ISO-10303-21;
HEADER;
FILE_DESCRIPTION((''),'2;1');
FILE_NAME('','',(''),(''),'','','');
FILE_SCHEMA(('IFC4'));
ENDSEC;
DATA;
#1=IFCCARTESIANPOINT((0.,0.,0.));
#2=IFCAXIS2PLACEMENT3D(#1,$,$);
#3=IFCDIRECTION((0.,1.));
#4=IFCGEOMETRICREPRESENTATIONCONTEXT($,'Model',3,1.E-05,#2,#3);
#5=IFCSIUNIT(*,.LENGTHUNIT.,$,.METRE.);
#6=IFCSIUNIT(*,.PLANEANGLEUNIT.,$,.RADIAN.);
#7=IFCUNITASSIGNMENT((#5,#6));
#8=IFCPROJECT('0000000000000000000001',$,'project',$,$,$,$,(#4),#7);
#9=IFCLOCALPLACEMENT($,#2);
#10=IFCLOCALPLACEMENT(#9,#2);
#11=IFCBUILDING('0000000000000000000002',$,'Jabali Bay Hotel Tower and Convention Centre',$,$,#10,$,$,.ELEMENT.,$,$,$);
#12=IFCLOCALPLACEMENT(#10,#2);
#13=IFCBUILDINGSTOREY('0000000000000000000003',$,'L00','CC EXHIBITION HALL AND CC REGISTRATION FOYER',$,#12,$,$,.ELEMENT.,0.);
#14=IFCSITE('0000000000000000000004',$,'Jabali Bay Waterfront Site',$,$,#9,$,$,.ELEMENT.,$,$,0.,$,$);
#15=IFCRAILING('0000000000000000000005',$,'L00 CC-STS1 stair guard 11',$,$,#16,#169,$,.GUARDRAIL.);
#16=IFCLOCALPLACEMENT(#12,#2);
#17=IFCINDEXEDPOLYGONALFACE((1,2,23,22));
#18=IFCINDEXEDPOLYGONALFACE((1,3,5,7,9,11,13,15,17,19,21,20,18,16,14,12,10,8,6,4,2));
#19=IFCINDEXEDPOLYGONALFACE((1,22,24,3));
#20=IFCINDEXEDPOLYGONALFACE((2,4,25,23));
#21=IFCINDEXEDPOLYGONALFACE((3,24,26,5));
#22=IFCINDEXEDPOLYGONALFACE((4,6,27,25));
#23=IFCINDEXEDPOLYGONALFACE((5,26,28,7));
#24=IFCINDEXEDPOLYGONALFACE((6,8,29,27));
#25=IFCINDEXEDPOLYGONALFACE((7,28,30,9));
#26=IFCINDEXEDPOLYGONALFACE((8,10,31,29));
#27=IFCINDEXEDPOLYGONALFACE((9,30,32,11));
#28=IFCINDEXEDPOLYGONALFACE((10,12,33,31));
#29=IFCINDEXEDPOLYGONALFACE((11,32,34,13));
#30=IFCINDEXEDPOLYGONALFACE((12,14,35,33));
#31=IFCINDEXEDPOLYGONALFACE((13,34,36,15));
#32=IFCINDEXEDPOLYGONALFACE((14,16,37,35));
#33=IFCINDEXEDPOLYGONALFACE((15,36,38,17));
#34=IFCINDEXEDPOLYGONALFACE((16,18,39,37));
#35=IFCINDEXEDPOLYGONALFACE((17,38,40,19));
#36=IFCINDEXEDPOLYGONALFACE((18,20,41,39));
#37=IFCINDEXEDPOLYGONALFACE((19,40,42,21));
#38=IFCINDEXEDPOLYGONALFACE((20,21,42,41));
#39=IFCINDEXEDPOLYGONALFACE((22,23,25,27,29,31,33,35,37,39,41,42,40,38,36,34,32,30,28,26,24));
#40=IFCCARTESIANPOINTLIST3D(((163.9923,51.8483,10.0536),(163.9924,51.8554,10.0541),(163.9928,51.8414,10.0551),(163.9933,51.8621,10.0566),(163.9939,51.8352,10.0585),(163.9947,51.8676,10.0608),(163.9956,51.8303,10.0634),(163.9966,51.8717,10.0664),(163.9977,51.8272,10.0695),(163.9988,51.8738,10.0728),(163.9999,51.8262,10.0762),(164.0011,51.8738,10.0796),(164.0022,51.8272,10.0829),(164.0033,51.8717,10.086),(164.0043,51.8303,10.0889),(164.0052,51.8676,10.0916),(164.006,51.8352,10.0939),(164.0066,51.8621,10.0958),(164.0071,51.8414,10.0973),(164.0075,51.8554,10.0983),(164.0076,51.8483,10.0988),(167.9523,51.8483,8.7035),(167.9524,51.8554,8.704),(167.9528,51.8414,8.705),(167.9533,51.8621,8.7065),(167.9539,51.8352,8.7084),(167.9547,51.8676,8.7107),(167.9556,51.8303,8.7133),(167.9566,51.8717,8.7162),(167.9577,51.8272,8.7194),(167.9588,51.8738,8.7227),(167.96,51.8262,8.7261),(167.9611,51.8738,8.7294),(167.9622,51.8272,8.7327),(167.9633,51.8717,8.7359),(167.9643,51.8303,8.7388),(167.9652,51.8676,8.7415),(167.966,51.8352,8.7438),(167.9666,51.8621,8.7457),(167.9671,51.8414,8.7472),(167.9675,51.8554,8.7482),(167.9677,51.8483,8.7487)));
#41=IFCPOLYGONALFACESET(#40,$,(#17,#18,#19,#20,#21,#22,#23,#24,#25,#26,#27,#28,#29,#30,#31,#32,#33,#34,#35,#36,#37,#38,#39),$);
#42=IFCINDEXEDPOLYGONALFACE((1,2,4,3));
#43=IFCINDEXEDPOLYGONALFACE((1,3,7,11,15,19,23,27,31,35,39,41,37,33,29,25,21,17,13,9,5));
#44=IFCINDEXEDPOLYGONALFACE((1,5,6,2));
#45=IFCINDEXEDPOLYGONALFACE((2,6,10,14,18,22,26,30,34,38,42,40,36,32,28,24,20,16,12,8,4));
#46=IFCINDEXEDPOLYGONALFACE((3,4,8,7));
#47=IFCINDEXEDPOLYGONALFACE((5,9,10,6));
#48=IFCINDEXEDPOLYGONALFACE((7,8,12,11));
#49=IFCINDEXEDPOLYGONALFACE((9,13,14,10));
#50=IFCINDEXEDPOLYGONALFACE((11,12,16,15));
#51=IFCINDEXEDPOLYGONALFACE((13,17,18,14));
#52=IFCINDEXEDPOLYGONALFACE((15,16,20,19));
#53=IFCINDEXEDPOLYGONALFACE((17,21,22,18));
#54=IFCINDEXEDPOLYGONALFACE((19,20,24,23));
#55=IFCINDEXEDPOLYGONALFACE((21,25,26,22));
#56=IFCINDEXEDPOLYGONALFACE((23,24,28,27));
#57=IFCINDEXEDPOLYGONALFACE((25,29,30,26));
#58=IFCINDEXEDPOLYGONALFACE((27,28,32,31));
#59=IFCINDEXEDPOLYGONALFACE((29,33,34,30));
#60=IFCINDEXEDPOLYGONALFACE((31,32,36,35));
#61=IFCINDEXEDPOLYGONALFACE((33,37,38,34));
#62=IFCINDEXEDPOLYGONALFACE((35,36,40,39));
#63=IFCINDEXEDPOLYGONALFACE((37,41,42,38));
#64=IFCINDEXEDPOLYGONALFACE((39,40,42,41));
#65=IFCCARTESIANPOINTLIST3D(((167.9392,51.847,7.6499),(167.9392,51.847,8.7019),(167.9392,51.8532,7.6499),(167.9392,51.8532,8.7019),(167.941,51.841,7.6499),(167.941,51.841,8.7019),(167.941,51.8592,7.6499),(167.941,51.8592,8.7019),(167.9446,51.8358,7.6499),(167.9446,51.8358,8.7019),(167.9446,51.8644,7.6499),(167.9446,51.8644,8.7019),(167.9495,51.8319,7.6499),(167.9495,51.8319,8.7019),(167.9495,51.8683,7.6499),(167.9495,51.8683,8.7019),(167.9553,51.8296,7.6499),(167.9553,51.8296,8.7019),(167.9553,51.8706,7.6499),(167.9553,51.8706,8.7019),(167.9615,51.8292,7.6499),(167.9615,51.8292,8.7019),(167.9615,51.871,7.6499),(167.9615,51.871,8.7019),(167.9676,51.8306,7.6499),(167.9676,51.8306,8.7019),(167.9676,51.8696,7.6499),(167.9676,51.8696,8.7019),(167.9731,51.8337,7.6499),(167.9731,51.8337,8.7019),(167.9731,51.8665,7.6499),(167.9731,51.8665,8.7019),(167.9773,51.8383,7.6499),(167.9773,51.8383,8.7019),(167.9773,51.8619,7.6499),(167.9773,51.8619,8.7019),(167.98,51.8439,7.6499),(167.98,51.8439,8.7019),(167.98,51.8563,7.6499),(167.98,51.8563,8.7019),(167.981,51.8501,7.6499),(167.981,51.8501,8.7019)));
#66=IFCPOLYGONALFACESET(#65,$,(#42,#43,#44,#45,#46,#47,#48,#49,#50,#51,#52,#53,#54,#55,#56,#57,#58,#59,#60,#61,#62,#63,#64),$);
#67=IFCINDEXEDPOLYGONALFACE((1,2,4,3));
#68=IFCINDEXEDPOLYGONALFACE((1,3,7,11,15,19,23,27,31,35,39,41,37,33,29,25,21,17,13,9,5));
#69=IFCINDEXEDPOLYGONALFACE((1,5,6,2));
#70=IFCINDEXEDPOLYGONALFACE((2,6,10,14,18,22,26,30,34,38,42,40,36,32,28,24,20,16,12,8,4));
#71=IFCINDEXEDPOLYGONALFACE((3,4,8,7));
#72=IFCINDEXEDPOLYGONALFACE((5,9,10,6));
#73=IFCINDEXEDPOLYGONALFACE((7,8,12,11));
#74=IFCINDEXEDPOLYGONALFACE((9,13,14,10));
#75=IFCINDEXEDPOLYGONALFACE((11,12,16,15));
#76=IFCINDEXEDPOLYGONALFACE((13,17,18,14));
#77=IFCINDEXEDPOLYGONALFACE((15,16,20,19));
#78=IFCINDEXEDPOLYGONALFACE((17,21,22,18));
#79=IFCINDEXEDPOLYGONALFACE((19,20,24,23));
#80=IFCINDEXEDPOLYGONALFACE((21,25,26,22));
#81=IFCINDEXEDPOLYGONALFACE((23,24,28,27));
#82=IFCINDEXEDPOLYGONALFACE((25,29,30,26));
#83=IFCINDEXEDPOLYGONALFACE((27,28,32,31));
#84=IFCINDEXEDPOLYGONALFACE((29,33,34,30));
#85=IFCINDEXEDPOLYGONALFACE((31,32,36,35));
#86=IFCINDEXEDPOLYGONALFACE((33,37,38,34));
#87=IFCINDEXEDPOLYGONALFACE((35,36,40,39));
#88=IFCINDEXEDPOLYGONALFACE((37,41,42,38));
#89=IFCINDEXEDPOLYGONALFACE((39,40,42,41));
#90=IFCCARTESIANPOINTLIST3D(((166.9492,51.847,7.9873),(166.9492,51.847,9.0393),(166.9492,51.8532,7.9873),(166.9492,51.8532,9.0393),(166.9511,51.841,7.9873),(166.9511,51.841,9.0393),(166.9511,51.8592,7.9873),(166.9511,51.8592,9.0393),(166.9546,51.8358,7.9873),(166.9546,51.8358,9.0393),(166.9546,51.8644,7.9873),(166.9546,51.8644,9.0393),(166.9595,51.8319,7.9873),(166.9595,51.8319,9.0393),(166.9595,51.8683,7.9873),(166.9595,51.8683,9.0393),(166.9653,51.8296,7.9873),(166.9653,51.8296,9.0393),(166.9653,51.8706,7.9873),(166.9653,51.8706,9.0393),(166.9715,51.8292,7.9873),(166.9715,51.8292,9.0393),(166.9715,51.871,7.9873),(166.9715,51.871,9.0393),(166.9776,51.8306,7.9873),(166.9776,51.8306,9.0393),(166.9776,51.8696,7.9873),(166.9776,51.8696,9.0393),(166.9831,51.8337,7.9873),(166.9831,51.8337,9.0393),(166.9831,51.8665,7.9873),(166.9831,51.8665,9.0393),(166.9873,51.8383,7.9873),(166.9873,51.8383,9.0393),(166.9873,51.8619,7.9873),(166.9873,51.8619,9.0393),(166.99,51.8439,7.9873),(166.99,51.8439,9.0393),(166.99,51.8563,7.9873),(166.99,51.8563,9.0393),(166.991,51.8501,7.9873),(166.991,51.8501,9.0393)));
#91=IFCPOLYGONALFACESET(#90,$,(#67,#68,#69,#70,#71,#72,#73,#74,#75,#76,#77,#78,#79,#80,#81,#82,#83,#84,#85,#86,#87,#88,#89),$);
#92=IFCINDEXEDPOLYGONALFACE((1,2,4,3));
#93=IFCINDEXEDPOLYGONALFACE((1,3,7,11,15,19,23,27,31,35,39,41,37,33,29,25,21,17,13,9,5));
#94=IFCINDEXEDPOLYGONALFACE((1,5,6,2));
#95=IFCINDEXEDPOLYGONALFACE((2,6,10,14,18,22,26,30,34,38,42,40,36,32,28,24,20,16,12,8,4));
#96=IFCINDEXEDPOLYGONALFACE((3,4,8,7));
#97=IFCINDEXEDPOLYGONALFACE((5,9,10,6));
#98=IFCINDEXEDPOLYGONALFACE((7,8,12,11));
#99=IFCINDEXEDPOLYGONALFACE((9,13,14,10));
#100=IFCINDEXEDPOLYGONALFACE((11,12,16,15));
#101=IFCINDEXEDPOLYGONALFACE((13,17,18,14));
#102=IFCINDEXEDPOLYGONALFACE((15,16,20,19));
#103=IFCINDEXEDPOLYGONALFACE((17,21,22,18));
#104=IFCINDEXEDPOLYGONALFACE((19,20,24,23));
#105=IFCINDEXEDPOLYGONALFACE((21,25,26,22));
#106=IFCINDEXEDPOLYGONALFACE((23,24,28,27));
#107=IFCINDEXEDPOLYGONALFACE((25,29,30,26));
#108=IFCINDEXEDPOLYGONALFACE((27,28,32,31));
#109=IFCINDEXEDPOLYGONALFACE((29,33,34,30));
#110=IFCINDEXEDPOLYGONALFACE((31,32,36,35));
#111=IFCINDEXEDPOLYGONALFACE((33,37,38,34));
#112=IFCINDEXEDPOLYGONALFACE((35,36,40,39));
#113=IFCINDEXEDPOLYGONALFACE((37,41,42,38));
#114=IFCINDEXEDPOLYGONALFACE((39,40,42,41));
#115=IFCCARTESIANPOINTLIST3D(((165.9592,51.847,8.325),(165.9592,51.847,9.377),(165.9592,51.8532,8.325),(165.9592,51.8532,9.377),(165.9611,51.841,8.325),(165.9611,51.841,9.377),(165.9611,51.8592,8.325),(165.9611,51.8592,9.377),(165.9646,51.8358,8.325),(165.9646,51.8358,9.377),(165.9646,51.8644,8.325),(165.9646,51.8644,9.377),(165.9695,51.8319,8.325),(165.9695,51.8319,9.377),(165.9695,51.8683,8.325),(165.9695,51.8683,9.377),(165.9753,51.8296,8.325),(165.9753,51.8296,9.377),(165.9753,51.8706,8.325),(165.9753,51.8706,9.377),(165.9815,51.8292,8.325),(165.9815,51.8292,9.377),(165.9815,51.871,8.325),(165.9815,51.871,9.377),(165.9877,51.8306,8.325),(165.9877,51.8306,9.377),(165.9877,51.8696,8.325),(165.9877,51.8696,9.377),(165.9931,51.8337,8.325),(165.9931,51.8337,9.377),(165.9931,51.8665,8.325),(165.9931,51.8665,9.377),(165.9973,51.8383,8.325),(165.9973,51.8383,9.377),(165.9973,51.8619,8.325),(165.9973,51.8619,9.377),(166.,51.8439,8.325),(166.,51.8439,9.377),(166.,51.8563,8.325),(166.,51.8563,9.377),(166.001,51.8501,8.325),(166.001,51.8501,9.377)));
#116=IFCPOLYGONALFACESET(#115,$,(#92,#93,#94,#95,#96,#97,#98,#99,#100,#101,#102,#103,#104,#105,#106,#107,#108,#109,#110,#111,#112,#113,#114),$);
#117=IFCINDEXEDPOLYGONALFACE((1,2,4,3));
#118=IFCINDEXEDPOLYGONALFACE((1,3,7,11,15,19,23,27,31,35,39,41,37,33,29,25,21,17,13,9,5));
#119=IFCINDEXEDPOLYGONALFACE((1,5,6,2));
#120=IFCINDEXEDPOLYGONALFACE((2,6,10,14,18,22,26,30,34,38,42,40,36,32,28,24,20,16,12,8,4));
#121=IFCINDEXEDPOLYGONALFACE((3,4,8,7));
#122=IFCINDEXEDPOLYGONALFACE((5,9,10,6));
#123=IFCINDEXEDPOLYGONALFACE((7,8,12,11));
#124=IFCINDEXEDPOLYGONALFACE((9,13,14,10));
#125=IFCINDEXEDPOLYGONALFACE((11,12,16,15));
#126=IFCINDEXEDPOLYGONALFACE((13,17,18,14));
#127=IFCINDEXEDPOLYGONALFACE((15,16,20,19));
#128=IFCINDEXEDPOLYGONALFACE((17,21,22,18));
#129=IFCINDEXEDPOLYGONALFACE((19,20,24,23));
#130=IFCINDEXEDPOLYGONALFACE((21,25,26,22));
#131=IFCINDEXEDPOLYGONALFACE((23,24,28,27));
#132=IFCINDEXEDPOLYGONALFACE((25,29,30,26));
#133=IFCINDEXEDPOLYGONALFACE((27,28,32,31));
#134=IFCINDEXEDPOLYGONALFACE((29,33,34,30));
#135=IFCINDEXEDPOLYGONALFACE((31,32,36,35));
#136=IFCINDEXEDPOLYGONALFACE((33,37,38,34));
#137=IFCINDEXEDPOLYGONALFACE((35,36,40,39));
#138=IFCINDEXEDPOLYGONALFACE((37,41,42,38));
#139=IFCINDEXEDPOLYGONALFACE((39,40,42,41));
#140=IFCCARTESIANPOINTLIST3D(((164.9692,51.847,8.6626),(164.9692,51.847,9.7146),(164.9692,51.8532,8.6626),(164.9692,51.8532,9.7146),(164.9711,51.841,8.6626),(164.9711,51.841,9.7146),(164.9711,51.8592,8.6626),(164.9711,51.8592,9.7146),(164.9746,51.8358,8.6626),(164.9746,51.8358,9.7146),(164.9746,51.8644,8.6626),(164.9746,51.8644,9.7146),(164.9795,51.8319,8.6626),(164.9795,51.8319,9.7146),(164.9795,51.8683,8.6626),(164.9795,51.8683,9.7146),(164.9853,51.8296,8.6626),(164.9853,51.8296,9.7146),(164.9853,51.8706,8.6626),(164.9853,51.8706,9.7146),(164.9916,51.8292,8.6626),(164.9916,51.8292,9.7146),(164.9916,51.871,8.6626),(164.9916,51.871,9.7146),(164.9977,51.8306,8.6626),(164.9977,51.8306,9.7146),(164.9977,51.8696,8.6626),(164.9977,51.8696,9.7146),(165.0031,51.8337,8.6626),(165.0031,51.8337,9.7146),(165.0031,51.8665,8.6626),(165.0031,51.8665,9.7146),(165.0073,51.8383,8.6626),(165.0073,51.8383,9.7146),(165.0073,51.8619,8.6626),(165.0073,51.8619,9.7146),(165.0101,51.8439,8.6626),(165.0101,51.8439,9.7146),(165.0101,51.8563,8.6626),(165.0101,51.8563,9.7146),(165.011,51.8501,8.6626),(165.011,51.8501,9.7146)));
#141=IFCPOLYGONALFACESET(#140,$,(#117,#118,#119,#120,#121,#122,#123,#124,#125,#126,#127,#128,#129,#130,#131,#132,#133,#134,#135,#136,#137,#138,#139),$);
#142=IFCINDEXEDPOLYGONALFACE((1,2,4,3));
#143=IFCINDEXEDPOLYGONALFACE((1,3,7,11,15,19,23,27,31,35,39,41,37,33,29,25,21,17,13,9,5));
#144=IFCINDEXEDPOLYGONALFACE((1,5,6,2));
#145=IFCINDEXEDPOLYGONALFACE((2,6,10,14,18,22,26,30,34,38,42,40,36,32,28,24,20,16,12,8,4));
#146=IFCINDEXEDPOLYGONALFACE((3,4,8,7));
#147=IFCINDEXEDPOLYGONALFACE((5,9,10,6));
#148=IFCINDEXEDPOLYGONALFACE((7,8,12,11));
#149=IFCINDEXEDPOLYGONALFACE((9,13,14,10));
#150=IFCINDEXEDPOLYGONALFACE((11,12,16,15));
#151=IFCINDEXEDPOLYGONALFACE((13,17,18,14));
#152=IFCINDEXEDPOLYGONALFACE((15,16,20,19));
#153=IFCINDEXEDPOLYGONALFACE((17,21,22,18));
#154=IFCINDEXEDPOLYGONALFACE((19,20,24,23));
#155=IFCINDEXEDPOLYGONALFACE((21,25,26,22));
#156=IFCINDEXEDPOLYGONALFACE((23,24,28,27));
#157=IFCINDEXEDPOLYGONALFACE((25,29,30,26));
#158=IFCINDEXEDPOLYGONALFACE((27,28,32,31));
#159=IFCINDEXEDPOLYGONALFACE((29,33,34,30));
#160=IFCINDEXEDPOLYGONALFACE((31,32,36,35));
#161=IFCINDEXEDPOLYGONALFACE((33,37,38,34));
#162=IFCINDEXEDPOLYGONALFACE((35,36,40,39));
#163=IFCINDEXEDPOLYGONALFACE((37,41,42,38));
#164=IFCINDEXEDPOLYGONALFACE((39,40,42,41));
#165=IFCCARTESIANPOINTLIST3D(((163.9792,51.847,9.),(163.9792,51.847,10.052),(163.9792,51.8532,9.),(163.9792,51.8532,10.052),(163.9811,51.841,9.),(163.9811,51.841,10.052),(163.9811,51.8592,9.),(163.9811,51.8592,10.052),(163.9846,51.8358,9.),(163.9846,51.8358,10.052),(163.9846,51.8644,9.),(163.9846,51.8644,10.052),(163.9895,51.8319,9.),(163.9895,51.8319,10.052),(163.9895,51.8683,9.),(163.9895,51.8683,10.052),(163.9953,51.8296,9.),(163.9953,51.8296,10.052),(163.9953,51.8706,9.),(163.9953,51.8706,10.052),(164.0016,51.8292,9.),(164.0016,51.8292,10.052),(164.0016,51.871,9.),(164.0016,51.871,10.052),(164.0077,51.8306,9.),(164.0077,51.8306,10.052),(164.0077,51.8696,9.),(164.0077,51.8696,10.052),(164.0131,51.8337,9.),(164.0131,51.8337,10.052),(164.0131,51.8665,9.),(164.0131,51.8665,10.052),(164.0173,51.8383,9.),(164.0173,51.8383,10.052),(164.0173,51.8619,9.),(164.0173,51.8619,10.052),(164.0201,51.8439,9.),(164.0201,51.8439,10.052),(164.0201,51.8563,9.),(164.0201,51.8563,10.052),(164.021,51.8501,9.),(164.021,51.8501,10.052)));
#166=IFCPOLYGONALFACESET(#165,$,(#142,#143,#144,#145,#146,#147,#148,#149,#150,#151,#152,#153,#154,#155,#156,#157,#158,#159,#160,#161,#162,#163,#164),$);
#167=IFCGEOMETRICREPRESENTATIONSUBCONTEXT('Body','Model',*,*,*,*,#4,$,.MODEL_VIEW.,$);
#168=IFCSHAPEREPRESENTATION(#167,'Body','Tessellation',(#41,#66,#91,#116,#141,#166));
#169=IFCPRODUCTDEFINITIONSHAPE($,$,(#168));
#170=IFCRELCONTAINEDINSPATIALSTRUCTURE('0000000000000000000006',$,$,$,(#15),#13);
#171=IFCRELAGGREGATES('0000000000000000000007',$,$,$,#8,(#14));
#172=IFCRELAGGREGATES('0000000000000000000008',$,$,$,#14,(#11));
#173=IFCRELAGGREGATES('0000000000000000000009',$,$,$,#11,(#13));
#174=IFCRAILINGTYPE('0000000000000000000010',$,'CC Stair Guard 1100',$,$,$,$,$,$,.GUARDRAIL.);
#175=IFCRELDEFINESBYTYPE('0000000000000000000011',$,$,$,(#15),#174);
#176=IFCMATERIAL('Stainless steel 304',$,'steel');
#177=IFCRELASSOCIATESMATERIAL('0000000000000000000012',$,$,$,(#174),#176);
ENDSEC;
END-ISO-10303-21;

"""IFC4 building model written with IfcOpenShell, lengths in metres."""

from ifc_helpers import new_model, si_unit, direction, frame, origin, origin_2d, place, context, subcontext, project, spatial, circle, extrude, material, type_object, element, save


model = new_model("IFC4")

# Units and contexts
model_context = context("Model", 3, precision=1e-05, world=origin(), true_north=direction((0.0, 1.0)))
body_context = subcontext(model_context, "Body", "Model", "MODEL_VIEW")
ifc_project = project(units=[si_unit("LENGTHUNIT", "METRE"), si_unit("PLANEANGLEUNIT", "RADIAN")], contexts=[model_context])

# Site, building, storey
site_placement = place(None, origin())
site = spatial("IfcSite", under=ifc_project, at=site_placement, Name="Jabali Bay Waterfront Site", CompositionType="ELEMENT", RefElevation=0.0)
building_placement = place(site_placement, origin())
building = spatial("IfcBuilding", under=site, at=building_placement, Name="Jabali Bay Hotel Tower and Convention Centre", CompositionType="ELEMENT")
storey_placement = place(building_placement, origin())
storey = spatial("IfcBuildingStorey", under=building, at=storey_placement, Name="L00", Description="CC EXHIBITION HALL AND CC REGISTRATION FOYER", CompositionType="ELEMENT", Elevation=0.0)

# Railing
ifc_material_1 = material(Name="Stainless steel 304", Category="steel")
railing_type = type_object("IfcRailingType", Name="CC Stair Guard 1100", PredefinedType="GUARDRAIL", material=ifc_material_1)
railing_1_placement = place(storey_placement, frame((167.96, 51.8501, 7.6499)))
element("IfcRailing", 1, at=railing_1_placement, inside=storey, type_object=railing_type, Name="L00 CC-STS1 stair guard 11", PredefinedType="GUARDRAIL", context=body_context, shape_type="SweptSolid", body=[
    extrude(circle(Radius=0.0239, at=origin_2d()), frame((0.0, 0.0, 1.0762), z_axis=(-0.946502, 0.0, 0.322698), x_axis=(0.0, -1.0, 0.0)), (0.0, 0.0, 1.0), 4.1838),
    extrude(circle(Radius=0.021, at=origin_2d()), origin(), (0.0, 0.0, 1.0), 1.052),
    extrude(circle(Radius=0.021, at=origin_2d()), frame((-0.99, 0.0, 0.3374)), (0.0, 0.0, 1.0), 1.052),
    extrude(circle(Radius=0.021, at=origin_2d()), frame((-1.98, 0.0, 0.675)), (0.0, 0.0, 1.0), 1.052),
    extrude(circle(Radius=0.021, at=origin_2d()), frame((-2.97, 0.0, 1.0127)), (0.0, 0.0, 1.0), 1.052),
    extrude(circle(Radius=0.021, at=origin_2d()), frame((-3.96, 0.0, 1.3501)), (0.0, 0.0, 1.0), 1.052),
])

save(model, "model.ifc")
